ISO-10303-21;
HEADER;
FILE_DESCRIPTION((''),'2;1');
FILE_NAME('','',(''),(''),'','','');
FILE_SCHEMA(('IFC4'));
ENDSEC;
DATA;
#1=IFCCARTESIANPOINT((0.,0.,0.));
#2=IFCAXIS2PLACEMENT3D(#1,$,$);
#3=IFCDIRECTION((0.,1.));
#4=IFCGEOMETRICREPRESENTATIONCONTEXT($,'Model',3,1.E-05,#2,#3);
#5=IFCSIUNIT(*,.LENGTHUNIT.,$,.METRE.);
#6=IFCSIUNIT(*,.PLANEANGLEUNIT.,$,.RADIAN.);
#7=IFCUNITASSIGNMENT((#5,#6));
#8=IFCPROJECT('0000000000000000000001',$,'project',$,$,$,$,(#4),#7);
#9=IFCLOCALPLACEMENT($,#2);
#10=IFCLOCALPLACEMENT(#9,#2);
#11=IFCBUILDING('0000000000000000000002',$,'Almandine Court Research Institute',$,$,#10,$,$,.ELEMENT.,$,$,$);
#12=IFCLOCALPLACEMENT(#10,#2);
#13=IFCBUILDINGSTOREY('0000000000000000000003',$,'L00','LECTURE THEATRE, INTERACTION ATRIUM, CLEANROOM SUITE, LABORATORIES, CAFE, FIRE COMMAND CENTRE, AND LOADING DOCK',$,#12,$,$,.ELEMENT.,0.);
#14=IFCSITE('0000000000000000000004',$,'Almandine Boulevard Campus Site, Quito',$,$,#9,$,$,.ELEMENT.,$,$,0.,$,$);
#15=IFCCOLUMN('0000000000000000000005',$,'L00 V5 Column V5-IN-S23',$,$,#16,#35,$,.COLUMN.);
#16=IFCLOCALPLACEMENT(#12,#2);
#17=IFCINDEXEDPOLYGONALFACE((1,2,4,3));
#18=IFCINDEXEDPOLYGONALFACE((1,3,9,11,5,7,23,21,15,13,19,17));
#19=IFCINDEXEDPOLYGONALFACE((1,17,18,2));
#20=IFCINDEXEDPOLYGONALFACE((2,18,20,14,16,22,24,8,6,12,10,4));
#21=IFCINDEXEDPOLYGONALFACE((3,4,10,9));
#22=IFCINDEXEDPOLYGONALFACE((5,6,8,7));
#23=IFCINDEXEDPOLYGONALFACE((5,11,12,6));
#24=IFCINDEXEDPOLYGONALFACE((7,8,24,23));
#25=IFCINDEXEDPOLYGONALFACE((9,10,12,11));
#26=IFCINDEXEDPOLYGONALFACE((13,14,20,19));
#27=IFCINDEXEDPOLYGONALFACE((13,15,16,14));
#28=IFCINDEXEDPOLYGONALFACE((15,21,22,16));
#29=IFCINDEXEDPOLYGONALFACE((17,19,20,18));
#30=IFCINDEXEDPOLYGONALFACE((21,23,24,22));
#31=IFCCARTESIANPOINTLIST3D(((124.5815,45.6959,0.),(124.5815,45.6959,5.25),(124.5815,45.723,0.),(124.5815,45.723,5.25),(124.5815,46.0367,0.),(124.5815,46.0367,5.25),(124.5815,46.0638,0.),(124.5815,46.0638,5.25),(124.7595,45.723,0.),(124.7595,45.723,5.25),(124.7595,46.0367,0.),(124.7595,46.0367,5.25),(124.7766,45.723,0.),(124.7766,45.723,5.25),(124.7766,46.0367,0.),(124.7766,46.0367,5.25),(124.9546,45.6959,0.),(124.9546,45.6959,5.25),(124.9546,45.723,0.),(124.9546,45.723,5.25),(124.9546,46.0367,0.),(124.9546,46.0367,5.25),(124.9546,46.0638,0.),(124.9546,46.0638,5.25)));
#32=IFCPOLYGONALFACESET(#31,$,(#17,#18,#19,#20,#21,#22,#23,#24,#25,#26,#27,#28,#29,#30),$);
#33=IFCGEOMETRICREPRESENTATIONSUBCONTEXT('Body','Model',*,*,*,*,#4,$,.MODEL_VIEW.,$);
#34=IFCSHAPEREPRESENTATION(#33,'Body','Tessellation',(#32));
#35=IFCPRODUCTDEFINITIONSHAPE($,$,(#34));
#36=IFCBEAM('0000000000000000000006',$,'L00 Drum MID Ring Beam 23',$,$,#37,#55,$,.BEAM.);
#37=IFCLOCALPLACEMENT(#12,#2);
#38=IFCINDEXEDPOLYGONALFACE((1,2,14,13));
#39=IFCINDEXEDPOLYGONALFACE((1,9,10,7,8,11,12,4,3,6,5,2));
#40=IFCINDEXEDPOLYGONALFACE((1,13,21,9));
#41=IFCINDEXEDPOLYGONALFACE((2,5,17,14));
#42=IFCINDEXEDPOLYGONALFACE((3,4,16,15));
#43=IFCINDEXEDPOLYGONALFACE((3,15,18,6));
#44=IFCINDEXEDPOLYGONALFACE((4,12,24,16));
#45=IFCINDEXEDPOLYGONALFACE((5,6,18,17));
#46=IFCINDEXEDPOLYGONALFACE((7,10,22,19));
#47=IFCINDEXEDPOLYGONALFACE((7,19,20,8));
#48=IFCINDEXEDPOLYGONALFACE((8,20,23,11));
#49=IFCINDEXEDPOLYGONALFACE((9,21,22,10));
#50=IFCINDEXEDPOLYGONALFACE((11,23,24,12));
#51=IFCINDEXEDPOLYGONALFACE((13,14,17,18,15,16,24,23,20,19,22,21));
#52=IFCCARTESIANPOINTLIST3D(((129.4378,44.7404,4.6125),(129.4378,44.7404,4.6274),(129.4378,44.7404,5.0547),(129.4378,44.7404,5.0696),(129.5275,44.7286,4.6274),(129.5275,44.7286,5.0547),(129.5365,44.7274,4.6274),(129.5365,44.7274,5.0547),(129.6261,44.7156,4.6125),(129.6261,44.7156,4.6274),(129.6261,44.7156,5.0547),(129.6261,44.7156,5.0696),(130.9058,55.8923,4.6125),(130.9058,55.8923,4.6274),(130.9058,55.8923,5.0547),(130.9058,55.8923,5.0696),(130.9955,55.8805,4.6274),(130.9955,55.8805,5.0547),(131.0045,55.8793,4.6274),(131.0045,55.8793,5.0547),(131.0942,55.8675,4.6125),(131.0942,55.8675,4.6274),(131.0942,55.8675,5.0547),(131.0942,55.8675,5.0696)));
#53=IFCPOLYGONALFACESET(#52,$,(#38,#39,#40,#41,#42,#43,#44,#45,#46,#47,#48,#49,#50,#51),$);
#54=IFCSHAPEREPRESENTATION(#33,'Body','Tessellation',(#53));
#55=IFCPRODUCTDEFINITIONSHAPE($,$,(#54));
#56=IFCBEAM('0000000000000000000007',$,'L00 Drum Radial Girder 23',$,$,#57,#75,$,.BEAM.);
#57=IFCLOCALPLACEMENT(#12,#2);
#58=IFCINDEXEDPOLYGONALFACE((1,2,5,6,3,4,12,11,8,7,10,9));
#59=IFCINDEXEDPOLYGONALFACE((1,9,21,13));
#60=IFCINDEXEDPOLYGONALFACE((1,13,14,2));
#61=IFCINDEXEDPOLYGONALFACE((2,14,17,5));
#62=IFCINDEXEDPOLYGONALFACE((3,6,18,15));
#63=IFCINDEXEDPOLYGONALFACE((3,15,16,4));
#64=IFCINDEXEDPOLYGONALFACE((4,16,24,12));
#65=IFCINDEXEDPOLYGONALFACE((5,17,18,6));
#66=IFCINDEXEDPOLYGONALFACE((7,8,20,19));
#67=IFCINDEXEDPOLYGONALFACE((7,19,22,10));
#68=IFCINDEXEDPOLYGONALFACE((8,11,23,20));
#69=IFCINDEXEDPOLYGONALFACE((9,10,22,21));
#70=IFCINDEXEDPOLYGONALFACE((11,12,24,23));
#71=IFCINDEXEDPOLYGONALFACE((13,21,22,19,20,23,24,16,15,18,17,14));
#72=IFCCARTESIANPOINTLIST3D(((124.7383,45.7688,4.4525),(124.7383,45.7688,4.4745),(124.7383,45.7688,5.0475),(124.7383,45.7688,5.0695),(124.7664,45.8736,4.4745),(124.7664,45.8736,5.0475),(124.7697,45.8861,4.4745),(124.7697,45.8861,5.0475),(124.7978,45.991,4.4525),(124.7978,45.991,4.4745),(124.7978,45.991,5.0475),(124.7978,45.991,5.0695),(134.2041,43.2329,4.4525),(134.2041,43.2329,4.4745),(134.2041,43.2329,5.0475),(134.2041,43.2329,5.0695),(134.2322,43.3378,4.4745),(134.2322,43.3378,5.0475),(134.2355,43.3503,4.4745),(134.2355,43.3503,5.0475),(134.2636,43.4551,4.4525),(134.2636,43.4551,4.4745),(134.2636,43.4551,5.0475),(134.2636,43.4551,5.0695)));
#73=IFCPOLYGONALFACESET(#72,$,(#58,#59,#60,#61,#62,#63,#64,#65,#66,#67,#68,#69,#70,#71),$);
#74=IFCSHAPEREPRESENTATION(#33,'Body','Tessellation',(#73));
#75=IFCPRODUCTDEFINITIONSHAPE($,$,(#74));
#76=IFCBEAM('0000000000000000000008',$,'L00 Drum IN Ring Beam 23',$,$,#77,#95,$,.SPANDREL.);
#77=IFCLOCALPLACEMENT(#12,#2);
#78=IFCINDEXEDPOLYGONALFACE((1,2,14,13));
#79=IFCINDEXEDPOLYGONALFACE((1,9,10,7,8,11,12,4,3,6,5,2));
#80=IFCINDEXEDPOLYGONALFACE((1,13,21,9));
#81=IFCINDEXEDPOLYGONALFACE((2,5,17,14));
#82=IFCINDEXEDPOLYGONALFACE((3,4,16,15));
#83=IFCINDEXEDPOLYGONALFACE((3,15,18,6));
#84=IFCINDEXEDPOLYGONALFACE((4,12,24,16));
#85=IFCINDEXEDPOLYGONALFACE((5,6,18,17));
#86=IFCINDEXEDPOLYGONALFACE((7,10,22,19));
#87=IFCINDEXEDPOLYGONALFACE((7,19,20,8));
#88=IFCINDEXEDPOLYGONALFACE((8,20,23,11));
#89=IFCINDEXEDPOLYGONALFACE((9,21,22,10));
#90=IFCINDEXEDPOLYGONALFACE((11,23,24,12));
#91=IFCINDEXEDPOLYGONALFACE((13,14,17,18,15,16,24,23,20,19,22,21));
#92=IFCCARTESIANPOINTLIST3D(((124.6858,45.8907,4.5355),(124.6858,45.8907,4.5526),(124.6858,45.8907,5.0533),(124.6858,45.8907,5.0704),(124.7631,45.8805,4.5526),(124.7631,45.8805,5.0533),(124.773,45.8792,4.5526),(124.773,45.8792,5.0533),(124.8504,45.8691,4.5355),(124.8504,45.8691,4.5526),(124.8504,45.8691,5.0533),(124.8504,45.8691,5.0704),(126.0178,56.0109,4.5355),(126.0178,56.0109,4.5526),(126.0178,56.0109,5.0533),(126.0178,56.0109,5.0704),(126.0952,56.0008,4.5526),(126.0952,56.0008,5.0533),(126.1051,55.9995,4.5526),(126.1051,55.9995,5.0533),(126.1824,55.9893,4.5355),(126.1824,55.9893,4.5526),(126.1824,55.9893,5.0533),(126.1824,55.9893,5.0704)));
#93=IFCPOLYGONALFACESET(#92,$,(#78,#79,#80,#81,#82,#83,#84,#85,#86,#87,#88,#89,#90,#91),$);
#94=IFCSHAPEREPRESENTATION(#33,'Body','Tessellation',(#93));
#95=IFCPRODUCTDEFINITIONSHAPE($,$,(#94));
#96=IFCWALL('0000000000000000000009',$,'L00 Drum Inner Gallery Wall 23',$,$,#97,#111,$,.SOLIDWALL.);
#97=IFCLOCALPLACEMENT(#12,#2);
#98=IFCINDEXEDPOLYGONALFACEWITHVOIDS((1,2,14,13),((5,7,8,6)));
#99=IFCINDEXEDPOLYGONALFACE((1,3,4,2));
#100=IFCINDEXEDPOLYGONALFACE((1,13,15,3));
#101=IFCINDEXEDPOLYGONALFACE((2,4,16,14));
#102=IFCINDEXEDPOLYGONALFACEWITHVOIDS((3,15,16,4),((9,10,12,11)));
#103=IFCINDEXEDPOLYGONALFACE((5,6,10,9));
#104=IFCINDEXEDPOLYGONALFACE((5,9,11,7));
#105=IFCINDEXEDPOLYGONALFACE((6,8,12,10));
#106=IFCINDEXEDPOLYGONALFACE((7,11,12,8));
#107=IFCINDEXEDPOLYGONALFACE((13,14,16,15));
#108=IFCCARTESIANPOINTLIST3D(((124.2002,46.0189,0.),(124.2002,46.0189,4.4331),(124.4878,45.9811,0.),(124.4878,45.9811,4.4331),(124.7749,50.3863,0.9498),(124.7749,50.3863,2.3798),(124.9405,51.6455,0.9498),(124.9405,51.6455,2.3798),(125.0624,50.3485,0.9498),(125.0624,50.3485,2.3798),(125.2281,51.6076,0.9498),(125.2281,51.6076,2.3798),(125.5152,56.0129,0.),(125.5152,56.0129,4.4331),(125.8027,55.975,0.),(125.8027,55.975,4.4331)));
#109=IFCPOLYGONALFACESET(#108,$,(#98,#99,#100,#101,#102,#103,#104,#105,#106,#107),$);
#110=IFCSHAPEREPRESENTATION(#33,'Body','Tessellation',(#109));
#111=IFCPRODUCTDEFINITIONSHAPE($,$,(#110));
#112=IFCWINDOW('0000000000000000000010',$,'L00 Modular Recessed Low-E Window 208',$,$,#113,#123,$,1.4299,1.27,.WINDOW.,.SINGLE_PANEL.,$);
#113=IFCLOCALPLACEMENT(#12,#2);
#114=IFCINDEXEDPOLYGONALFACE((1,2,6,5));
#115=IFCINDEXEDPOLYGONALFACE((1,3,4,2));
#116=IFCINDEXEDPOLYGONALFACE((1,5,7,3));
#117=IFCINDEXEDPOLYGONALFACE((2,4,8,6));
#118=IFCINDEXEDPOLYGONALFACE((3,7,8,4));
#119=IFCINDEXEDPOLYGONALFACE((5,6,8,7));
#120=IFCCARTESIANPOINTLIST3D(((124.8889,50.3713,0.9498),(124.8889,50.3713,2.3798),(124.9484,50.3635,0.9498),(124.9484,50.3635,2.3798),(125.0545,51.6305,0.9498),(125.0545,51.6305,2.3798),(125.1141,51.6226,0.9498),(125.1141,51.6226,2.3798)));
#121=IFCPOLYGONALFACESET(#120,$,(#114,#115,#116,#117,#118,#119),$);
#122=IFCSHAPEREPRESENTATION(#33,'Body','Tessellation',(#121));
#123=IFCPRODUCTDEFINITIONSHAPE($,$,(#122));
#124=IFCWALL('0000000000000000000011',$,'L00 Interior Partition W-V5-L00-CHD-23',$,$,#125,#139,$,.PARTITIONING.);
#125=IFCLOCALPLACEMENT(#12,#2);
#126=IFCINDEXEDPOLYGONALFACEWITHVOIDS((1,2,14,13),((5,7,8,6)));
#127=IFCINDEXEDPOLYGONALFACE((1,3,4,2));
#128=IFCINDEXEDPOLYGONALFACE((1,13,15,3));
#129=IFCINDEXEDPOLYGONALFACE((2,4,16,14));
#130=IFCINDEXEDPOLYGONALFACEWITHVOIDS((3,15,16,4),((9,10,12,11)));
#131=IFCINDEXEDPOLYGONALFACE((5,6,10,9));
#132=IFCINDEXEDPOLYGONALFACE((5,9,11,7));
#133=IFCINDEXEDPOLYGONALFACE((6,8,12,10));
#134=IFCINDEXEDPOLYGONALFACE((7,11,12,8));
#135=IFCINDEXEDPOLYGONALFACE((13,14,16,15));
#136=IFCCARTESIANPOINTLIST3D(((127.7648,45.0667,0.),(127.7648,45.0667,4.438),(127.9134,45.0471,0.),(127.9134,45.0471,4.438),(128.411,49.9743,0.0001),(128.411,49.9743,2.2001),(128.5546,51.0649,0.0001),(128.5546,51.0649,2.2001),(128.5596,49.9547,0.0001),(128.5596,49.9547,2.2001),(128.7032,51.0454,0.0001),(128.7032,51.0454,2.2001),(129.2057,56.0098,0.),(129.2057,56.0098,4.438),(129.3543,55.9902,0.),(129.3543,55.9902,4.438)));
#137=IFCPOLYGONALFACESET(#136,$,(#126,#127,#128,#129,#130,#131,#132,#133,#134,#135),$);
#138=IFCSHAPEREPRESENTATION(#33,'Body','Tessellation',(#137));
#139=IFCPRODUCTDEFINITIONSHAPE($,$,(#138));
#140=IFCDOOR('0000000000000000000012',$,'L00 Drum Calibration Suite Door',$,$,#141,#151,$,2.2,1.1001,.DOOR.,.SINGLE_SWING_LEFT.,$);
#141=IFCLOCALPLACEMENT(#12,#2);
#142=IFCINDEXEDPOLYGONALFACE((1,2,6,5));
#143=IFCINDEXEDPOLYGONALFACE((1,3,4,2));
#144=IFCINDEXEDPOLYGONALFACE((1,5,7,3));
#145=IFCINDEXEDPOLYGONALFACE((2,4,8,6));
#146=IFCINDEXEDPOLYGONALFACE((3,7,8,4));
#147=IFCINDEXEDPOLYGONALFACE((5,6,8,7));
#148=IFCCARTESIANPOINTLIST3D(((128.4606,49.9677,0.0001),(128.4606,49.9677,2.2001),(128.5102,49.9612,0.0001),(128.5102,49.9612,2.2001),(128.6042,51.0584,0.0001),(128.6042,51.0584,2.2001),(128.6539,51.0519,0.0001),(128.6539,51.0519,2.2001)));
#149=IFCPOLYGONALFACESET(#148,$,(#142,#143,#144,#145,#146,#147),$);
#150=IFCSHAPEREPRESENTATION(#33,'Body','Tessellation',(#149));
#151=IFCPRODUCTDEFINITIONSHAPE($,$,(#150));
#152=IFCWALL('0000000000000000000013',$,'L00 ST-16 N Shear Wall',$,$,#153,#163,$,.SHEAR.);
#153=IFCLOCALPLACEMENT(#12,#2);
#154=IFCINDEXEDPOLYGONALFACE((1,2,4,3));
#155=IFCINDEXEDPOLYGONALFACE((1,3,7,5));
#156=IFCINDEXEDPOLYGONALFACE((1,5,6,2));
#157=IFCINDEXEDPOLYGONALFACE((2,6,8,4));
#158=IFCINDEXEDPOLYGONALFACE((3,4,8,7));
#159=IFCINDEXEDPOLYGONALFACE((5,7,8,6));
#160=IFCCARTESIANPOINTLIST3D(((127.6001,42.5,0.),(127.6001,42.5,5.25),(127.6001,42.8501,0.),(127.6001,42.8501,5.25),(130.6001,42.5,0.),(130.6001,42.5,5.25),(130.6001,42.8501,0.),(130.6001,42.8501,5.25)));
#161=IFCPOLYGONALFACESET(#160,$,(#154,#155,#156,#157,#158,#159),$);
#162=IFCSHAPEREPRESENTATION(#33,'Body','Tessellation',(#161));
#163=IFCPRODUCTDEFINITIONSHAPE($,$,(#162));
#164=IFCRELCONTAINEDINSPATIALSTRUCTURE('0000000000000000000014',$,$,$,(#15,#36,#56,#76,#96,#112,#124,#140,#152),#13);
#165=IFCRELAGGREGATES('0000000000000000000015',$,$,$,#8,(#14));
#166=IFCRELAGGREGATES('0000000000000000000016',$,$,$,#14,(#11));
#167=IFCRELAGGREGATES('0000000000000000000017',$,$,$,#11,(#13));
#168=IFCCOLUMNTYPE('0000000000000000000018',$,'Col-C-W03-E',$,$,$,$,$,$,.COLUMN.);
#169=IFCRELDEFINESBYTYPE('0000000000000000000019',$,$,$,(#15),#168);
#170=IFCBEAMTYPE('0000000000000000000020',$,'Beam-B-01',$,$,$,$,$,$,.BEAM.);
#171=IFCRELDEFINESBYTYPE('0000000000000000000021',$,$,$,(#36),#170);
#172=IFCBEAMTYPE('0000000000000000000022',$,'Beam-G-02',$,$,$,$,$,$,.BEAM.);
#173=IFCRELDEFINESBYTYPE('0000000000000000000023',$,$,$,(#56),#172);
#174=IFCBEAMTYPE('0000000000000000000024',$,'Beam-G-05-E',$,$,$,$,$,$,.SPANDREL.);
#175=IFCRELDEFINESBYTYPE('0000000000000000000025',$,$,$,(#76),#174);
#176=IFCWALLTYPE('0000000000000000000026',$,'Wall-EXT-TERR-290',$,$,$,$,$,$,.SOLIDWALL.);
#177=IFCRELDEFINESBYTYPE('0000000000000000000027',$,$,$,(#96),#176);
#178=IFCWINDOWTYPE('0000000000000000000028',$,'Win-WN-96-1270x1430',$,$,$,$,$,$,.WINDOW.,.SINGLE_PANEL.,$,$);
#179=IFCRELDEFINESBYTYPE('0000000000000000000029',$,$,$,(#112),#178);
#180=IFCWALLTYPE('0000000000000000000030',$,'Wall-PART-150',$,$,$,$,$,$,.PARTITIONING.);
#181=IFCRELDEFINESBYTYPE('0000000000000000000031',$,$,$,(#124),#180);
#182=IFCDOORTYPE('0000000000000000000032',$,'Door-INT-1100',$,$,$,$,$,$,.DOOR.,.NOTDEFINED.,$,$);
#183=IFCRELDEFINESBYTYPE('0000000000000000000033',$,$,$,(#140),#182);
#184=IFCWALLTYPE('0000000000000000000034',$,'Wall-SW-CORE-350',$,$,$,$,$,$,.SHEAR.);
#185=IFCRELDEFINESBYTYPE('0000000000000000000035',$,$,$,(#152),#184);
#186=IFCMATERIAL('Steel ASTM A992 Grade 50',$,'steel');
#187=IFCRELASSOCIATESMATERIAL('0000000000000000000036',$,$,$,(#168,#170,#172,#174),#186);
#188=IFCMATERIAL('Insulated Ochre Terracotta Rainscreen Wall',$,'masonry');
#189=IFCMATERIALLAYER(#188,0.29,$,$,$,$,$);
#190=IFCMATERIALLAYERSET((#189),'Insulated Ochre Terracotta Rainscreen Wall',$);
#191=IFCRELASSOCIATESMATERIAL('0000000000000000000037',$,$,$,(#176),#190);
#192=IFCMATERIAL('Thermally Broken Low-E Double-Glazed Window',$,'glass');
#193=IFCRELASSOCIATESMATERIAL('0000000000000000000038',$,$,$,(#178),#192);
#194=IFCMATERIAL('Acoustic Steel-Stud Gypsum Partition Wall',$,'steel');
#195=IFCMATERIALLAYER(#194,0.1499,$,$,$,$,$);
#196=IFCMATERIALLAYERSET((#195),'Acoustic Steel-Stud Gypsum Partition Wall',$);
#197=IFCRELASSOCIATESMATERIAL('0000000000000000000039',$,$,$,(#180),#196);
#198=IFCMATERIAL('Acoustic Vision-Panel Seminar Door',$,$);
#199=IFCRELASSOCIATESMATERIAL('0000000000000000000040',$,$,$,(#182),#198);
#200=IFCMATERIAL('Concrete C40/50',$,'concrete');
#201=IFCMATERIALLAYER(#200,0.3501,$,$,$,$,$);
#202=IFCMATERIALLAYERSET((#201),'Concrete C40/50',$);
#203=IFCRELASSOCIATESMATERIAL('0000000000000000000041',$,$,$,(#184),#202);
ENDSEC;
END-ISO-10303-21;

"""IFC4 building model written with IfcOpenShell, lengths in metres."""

from ifc_helpers import new_model, si_unit, direction, frame, frame_2d, origin, origin_2d, place, context, subcontext, project, spatial, rectangle, i_section, extrude, material, layer, layer_set, material_profile, profile_set, type_object, element, fill, save


model = new_model("IFC4")

# Units and contexts
model_context = context("Model", 3, precision=1e-05, world=origin(), true_north=direction((0.0, 1.0)))
body_context = subcontext(model_context, "Body", "Model", "MODEL_VIEW")
ifc_project = project(units=[si_unit("LENGTHUNIT", "METRE"), si_unit("PLANEANGLEUNIT", "RADIAN")], contexts=[model_context])

# Site, building, storey
site_placement = place(None, origin())
site = spatial("IfcSite", under=ifc_project, at=site_placement, Name="Almandine Boulevard Campus Site, Quito", CompositionType="ELEMENT", RefElevation=0.0)
building_placement = place(site_placement, origin())
building = spatial("IfcBuilding", under=site, at=building_placement, Name="Almandine Court Research Institute", CompositionType="ELEMENT")
storey_placement = place(building_placement, origin())
storey = spatial("IfcBuildingStorey", under=building, at=storey_placement, Name="L00", Description="LECTURE THEATRE, INTERACTION ATRIUM, CLEANROOM SUITE, LABORATORIES, CAFE, FIRE COMMAND CENTRE, AND LOADING DOCK", CompositionType="ELEMENT", Elevation=0.0)

# Column
ifc_material_1 = material(Name="Steel ASTM A992 Grade 50", Category="steel")
ifc_material_profile_1 = material_profile(ifc_material_1, i_section(OverallWidth=0.373, OverallDepth=0.3679, WebThickness=0.0171, FlangeThickness=0.0271, at=origin_2d()), Name="W360x179")
ifc_profile_set_1 = profile_set([ifc_material_profile_1], Name="Steel ASTM A992 Grade 50")
column_type = type_object("IfcColumnType", Name="Col-C-W03-E", PredefinedType="COLUMN", material=ifc_profile_set_1)
column_placement = place(storey_placement, frame((124.7681, 45.8799, 0.0), z_axis=(0.0, 0.0, 1.0), x_axis=(1.0, 0.0, 0.0)))
element("IfcColumn", 1, at=column_placement, inside=storey, type_object=column_type, Name="L00 V5 Column V5-IN-S23", PredefinedType="COLUMN", context=body_context, shape_type="SweptSolid", body=[
    extrude(i_section(OverallWidth=0.373, OverallDepth=0.3679, WebThickness=0.0171, FlangeThickness=0.0271, at=origin_2d()), origin(), (0.0, 0.0, 1.0), 5.25),
])

# Beams
ifc_material_profile_2 = material_profile(ifc_material_1, i_section(OverallWidth=0.1899, OverallDepth=0.457, WebThickness=0.009, FlangeThickness=0.0149, at=origin_2d()), Name="W460x74")
ifc_profile_set_2 = profile_set([ifc_material_profile_2], Name="Steel ASTM A992 Grade 50")
beam_type_1 = type_object("IfcBeamType", Name="Beam-B-01", PredefinedType="BEAM", material=ifc_profile_set_2)
beam_1_placement = place(storey_placement, frame((129.532, 44.728, 4.8411), z_axis=(0.130513, 0.991447, 0.0), x_axis=(-0.991447, 0.130513, 0.0)))
element("IfcBeam", 2, at=beam_1_placement, inside=storey, type_object=beam_type_1, Name="L00 Drum MID Ring Beam 23", PredefinedType="BEAM", context=body_context, shape_type="SweptSolid", body=[
    extrude(i_section(OverallWidth=0.1899, OverallDepth=0.457, WebThickness=0.009, FlangeThickness=0.0149, at=origin_2d()), origin(), (0.0, 0.0, 1.0), 11.248),
])
ifc_material_profile_3 = material_profile(ifc_material_1, i_section(OverallWidth=0.23, OverallDepth=0.6169, WebThickness=0.0129, FlangeThickness=0.022, at=origin_2d()), Name="W610x140")
ifc_profile_set_3 = profile_set([ifc_material_profile_3], Name="Steel ASTM A992 Grade 50")
beam_type_2 = type_object("IfcBeamType", Name="Beam-G-02", PredefinedType="BEAM", material=ifc_profile_set_3)
beam_2_placement = place(storey_placement, frame((124.7681, 45.8799, 4.761), z_axis=(0.965938, -0.258774, 0.0), x_axis=(0.258774, 0.965938, 0.0)))
element("IfcBeam", 3, at=beam_2_placement, inside=storey, type_object=beam_type_2, Name="L00 Drum Radial Girder 23", PredefinedType="BEAM", context=body_context, shape_type="SweptSolid", body=[
    extrude(i_section(OverallWidth=0.23, OverallDepth=0.6169, WebThickness=0.0129, FlangeThickness=0.022, at=origin_2d()), origin(), (0.0, 0.0, 1.0), 9.7996),
])
ifc_material_profile_4 = material_profile(ifc_material_1, i_section(OverallWidth=0.166, OverallDepth=0.5349, WebThickness=0.01, FlangeThickness=0.0171, at=origin_2d()), Name="W530x85")
ifc_profile_set_4 = profile_set([ifc_material_profile_4], Name="Steel ASTM A992 Grade 50")
beam_type_3 = type_object("IfcBeamType", Name="Beam-G-05-E", PredefinedType="SPANDREL", material=ifc_profile_set_4)
beam_3_placement = place(storey_placement, frame((124.7681, 45.8799, 4.803), z_axis=(0.130497, 0.991449, 0.0), x_axis=(-0.991449, 0.130497, 0.0)))
element("IfcBeam", 4, at=beam_3_placement, inside=storey, type_object=beam_type_3, Name="L00 Drum IN Ring Beam 23", PredefinedType="SPANDREL", context=body_context, shape_type="SweptSolid", body=[
    extrude(i_section(OverallWidth=0.166, OverallDepth=0.5349, WebThickness=0.01, FlangeThickness=0.0171, at=origin_2d()), origin(), (0.0, 0.0, 1.0), 10.2075),
])

# Wall, opening, window
ifc_material_2 = material(Name="Insulated Ochre Terracotta Rainscreen Wall", Category="masonry")
ifc_layer_1 = layer(ifc_material_2, 0.29)
ifc_layer_set_1 = layer_set([ifc_layer_1], Name="Insulated Ochre Terracotta Rainscreen Wall")
wall_type_1 = type_object("IfcWallType", Name="Wall-EXT-TERR-290", PredefinedType="SOLIDWALL", material=ifc_layer_set_1)
wall_1_placement = place(storey_placement, frame((124.344, 46.0, 0.0), z_axis=(0.0, 0.0, 1.0), x_axis=(0.13045, 0.991455, 0.0)))
wall_1 = element("IfcWall", 5, at=wall_1_placement, inside=storey, type_object=wall_type_1, Name="L00 Drum Inner Gallery Wall 23", PredefinedType="SOLIDWALL", context=body_context, shape_type="SweptSolid", body=[
    extrude(rectangle(XDim=10.0801, YDim=0.29, at=frame_2d((5.04, 0.0))), origin(), (0.0, 0.0, 1.0), 4.4331),
])
opening_1_placement = place(wall_1_placement, frame((4.405, 0.0, 0.95)))
opening_1 = element("IfcOpeningElement", 6, at=opening_1_placement, cuts=wall_1, PredefinedType="OPENING", context=body_context, shape_type="SweptSolid", body=[
    extrude(rectangle(XDim=1.27, YDim=1.4299, at=frame_2d((0.635, 0.7148))), frame((0.0, 0.155, 0.0), z_axis=(0.0, -1.0, 0.0), x_axis=(1.0, 0.0, 0.0)), (0.0, 0.0, 1.0), 0.3101),
])
ifc_material_3 = material(Name="Thermally Broken Low-E Double-Glazed Window", Category="glass")
window_type = type_object("IfcWindowType", Name="Win-WN-96-1270x1430", PartitioningType="SINGLE_PANEL", PredefinedType="WINDOW", material=ifc_material_3)
window_placement = place(opening_1_placement, origin())
window = element("IfcWindow", 7, at=window_placement, inside=storey, type_object=window_type, Name="L00 Modular Recessed Low-E Window 208", OverallHeight=1.4299, OverallWidth=1.27, PartitioningType="SINGLE_PANEL", PredefinedType="WINDOW", context=body_context, shape_type="SweptSolid", body=[
    extrude(rectangle(XDim=1.27, YDim=1.4299, at=frame_2d((0.635, 0.7148))), frame((0.0, 0.03, 0.0), z_axis=(0.0, -1.0, 0.0), x_axis=(1.0, 0.0, 0.0)), (0.0, 0.0, 1.0), 0.0601),
])
fill(opening_1, window)

# Wall, opening, door
ifc_material_4 = material(Name="Acoustic Steel-Stud Gypsum Partition Wall", Category="steel")
ifc_layer_2 = layer(ifc_material_4, 0.1499)
ifc_layer_set_2 = layer_set([ifc_layer_2], Name="Acoustic Steel-Stud Gypsum Partition Wall")
wall_type_2 = type_object("IfcWallType", Name="Wall-PART-150", PredefinedType="PARTITIONING", material=ifc_layer_set_2)
wall_2_placement = place(storey_placement, frame((127.8391, 45.0569, 0.0), z_axis=(0.0, 0.0, 1.0), x_axis=(0.130547, 0.991442, 0.0)))
wall_2 = element("IfcWall", 8, at=wall_2_placement, inside=storey, type_object=wall_type_2, Name="L00 Interior Partition W-V5-L00-CHD-23", PredefinedType="PARTITIONING", context=body_context, shape_type="SweptSolid", body=[
    extrude(rectangle(XDim=11.0376, YDim=0.1499, at=frame_2d((5.5188, 0.0))), origin(), (0.0, 0.0, 1.0), 4.438),
])
opening_2_placement = place(wall_2_placement, frame((4.95, 0.0, 0.0)))
opening_2 = element("IfcOpeningElement", 9, at=opening_2_placement, cuts=wall_2, PredefinedType="OPENING", context=body_context, shape_type="SweptSolid", body=[
    extrude(rectangle(XDim=1.1001, YDim=2.2, at=frame_2d((0.55, 1.1001))), frame((0.0, 0.085, 0.0), z_axis=(0.0, -1.0, 0.0), x_axis=(1.0, 0.0, 0.0)), (0.0, 0.0, 1.0), 0.1699),
])
ifc_material_5 = material(Name="Acoustic Vision-Panel Seminar Door")
door_type = type_object("IfcDoorType", Name="Door-INT-1100", OperationType="NOTDEFINED", PredefinedType="DOOR", material=ifc_material_5)
door_placement = place(opening_2_placement, origin())
door = element("IfcDoor", 10, at=door_placement, inside=storey, type_object=door_type, Name="L00 Drum Calibration Suite Door", OperationType="SINGLE_SWING_LEFT", OverallHeight=2.2, OverallWidth=1.1001, PredefinedType="DOOR", context=body_context, shape_type="SweptSolid", body=[
    extrude(rectangle(XDim=1.1001, YDim=2.2, at=frame_2d((0.55, 1.1001))), frame((0.0, 0.0249, 0.0), z_axis=(0.0, -1.0, 0.0), x_axis=(1.0, 0.0, 0.0)), (0.0, 0.0, 1.0), 0.05),
])
fill(opening_2, door)

# Wall
ifc_material_6 = material(Name="Concrete C40/50", Category="concrete")
ifc_layer_3 = layer(ifc_material_6, 0.3501)
ifc_layer_set_3 = layer_set([ifc_layer_3], Name="Concrete C40/50")
wall_type_3 = type_object("IfcWallType", Name="Wall-SW-CORE-350", PredefinedType="SHEAR", material=ifc_layer_set_3)
wall_3_placement = place(storey_placement, frame((127.6001, 42.675, 0.0), z_axis=(0.0, 0.0, 1.0), x_axis=(1.0, 0.0, 0.0)))
element("IfcWall", 11, at=wall_3_placement, inside=storey, type_object=wall_type_3, Name="L00 ST-16 N Shear Wall", PredefinedType="SHEAR", context=body_context, shape_type="SweptSolid", body=[
    extrude(rectangle(XDim=3.0, YDim=0.3501, at=frame_2d((1.5, 0.0))), origin(), (0.0, 0.0, 1.0), 5.25),
])

save(model, "model.ifc")
